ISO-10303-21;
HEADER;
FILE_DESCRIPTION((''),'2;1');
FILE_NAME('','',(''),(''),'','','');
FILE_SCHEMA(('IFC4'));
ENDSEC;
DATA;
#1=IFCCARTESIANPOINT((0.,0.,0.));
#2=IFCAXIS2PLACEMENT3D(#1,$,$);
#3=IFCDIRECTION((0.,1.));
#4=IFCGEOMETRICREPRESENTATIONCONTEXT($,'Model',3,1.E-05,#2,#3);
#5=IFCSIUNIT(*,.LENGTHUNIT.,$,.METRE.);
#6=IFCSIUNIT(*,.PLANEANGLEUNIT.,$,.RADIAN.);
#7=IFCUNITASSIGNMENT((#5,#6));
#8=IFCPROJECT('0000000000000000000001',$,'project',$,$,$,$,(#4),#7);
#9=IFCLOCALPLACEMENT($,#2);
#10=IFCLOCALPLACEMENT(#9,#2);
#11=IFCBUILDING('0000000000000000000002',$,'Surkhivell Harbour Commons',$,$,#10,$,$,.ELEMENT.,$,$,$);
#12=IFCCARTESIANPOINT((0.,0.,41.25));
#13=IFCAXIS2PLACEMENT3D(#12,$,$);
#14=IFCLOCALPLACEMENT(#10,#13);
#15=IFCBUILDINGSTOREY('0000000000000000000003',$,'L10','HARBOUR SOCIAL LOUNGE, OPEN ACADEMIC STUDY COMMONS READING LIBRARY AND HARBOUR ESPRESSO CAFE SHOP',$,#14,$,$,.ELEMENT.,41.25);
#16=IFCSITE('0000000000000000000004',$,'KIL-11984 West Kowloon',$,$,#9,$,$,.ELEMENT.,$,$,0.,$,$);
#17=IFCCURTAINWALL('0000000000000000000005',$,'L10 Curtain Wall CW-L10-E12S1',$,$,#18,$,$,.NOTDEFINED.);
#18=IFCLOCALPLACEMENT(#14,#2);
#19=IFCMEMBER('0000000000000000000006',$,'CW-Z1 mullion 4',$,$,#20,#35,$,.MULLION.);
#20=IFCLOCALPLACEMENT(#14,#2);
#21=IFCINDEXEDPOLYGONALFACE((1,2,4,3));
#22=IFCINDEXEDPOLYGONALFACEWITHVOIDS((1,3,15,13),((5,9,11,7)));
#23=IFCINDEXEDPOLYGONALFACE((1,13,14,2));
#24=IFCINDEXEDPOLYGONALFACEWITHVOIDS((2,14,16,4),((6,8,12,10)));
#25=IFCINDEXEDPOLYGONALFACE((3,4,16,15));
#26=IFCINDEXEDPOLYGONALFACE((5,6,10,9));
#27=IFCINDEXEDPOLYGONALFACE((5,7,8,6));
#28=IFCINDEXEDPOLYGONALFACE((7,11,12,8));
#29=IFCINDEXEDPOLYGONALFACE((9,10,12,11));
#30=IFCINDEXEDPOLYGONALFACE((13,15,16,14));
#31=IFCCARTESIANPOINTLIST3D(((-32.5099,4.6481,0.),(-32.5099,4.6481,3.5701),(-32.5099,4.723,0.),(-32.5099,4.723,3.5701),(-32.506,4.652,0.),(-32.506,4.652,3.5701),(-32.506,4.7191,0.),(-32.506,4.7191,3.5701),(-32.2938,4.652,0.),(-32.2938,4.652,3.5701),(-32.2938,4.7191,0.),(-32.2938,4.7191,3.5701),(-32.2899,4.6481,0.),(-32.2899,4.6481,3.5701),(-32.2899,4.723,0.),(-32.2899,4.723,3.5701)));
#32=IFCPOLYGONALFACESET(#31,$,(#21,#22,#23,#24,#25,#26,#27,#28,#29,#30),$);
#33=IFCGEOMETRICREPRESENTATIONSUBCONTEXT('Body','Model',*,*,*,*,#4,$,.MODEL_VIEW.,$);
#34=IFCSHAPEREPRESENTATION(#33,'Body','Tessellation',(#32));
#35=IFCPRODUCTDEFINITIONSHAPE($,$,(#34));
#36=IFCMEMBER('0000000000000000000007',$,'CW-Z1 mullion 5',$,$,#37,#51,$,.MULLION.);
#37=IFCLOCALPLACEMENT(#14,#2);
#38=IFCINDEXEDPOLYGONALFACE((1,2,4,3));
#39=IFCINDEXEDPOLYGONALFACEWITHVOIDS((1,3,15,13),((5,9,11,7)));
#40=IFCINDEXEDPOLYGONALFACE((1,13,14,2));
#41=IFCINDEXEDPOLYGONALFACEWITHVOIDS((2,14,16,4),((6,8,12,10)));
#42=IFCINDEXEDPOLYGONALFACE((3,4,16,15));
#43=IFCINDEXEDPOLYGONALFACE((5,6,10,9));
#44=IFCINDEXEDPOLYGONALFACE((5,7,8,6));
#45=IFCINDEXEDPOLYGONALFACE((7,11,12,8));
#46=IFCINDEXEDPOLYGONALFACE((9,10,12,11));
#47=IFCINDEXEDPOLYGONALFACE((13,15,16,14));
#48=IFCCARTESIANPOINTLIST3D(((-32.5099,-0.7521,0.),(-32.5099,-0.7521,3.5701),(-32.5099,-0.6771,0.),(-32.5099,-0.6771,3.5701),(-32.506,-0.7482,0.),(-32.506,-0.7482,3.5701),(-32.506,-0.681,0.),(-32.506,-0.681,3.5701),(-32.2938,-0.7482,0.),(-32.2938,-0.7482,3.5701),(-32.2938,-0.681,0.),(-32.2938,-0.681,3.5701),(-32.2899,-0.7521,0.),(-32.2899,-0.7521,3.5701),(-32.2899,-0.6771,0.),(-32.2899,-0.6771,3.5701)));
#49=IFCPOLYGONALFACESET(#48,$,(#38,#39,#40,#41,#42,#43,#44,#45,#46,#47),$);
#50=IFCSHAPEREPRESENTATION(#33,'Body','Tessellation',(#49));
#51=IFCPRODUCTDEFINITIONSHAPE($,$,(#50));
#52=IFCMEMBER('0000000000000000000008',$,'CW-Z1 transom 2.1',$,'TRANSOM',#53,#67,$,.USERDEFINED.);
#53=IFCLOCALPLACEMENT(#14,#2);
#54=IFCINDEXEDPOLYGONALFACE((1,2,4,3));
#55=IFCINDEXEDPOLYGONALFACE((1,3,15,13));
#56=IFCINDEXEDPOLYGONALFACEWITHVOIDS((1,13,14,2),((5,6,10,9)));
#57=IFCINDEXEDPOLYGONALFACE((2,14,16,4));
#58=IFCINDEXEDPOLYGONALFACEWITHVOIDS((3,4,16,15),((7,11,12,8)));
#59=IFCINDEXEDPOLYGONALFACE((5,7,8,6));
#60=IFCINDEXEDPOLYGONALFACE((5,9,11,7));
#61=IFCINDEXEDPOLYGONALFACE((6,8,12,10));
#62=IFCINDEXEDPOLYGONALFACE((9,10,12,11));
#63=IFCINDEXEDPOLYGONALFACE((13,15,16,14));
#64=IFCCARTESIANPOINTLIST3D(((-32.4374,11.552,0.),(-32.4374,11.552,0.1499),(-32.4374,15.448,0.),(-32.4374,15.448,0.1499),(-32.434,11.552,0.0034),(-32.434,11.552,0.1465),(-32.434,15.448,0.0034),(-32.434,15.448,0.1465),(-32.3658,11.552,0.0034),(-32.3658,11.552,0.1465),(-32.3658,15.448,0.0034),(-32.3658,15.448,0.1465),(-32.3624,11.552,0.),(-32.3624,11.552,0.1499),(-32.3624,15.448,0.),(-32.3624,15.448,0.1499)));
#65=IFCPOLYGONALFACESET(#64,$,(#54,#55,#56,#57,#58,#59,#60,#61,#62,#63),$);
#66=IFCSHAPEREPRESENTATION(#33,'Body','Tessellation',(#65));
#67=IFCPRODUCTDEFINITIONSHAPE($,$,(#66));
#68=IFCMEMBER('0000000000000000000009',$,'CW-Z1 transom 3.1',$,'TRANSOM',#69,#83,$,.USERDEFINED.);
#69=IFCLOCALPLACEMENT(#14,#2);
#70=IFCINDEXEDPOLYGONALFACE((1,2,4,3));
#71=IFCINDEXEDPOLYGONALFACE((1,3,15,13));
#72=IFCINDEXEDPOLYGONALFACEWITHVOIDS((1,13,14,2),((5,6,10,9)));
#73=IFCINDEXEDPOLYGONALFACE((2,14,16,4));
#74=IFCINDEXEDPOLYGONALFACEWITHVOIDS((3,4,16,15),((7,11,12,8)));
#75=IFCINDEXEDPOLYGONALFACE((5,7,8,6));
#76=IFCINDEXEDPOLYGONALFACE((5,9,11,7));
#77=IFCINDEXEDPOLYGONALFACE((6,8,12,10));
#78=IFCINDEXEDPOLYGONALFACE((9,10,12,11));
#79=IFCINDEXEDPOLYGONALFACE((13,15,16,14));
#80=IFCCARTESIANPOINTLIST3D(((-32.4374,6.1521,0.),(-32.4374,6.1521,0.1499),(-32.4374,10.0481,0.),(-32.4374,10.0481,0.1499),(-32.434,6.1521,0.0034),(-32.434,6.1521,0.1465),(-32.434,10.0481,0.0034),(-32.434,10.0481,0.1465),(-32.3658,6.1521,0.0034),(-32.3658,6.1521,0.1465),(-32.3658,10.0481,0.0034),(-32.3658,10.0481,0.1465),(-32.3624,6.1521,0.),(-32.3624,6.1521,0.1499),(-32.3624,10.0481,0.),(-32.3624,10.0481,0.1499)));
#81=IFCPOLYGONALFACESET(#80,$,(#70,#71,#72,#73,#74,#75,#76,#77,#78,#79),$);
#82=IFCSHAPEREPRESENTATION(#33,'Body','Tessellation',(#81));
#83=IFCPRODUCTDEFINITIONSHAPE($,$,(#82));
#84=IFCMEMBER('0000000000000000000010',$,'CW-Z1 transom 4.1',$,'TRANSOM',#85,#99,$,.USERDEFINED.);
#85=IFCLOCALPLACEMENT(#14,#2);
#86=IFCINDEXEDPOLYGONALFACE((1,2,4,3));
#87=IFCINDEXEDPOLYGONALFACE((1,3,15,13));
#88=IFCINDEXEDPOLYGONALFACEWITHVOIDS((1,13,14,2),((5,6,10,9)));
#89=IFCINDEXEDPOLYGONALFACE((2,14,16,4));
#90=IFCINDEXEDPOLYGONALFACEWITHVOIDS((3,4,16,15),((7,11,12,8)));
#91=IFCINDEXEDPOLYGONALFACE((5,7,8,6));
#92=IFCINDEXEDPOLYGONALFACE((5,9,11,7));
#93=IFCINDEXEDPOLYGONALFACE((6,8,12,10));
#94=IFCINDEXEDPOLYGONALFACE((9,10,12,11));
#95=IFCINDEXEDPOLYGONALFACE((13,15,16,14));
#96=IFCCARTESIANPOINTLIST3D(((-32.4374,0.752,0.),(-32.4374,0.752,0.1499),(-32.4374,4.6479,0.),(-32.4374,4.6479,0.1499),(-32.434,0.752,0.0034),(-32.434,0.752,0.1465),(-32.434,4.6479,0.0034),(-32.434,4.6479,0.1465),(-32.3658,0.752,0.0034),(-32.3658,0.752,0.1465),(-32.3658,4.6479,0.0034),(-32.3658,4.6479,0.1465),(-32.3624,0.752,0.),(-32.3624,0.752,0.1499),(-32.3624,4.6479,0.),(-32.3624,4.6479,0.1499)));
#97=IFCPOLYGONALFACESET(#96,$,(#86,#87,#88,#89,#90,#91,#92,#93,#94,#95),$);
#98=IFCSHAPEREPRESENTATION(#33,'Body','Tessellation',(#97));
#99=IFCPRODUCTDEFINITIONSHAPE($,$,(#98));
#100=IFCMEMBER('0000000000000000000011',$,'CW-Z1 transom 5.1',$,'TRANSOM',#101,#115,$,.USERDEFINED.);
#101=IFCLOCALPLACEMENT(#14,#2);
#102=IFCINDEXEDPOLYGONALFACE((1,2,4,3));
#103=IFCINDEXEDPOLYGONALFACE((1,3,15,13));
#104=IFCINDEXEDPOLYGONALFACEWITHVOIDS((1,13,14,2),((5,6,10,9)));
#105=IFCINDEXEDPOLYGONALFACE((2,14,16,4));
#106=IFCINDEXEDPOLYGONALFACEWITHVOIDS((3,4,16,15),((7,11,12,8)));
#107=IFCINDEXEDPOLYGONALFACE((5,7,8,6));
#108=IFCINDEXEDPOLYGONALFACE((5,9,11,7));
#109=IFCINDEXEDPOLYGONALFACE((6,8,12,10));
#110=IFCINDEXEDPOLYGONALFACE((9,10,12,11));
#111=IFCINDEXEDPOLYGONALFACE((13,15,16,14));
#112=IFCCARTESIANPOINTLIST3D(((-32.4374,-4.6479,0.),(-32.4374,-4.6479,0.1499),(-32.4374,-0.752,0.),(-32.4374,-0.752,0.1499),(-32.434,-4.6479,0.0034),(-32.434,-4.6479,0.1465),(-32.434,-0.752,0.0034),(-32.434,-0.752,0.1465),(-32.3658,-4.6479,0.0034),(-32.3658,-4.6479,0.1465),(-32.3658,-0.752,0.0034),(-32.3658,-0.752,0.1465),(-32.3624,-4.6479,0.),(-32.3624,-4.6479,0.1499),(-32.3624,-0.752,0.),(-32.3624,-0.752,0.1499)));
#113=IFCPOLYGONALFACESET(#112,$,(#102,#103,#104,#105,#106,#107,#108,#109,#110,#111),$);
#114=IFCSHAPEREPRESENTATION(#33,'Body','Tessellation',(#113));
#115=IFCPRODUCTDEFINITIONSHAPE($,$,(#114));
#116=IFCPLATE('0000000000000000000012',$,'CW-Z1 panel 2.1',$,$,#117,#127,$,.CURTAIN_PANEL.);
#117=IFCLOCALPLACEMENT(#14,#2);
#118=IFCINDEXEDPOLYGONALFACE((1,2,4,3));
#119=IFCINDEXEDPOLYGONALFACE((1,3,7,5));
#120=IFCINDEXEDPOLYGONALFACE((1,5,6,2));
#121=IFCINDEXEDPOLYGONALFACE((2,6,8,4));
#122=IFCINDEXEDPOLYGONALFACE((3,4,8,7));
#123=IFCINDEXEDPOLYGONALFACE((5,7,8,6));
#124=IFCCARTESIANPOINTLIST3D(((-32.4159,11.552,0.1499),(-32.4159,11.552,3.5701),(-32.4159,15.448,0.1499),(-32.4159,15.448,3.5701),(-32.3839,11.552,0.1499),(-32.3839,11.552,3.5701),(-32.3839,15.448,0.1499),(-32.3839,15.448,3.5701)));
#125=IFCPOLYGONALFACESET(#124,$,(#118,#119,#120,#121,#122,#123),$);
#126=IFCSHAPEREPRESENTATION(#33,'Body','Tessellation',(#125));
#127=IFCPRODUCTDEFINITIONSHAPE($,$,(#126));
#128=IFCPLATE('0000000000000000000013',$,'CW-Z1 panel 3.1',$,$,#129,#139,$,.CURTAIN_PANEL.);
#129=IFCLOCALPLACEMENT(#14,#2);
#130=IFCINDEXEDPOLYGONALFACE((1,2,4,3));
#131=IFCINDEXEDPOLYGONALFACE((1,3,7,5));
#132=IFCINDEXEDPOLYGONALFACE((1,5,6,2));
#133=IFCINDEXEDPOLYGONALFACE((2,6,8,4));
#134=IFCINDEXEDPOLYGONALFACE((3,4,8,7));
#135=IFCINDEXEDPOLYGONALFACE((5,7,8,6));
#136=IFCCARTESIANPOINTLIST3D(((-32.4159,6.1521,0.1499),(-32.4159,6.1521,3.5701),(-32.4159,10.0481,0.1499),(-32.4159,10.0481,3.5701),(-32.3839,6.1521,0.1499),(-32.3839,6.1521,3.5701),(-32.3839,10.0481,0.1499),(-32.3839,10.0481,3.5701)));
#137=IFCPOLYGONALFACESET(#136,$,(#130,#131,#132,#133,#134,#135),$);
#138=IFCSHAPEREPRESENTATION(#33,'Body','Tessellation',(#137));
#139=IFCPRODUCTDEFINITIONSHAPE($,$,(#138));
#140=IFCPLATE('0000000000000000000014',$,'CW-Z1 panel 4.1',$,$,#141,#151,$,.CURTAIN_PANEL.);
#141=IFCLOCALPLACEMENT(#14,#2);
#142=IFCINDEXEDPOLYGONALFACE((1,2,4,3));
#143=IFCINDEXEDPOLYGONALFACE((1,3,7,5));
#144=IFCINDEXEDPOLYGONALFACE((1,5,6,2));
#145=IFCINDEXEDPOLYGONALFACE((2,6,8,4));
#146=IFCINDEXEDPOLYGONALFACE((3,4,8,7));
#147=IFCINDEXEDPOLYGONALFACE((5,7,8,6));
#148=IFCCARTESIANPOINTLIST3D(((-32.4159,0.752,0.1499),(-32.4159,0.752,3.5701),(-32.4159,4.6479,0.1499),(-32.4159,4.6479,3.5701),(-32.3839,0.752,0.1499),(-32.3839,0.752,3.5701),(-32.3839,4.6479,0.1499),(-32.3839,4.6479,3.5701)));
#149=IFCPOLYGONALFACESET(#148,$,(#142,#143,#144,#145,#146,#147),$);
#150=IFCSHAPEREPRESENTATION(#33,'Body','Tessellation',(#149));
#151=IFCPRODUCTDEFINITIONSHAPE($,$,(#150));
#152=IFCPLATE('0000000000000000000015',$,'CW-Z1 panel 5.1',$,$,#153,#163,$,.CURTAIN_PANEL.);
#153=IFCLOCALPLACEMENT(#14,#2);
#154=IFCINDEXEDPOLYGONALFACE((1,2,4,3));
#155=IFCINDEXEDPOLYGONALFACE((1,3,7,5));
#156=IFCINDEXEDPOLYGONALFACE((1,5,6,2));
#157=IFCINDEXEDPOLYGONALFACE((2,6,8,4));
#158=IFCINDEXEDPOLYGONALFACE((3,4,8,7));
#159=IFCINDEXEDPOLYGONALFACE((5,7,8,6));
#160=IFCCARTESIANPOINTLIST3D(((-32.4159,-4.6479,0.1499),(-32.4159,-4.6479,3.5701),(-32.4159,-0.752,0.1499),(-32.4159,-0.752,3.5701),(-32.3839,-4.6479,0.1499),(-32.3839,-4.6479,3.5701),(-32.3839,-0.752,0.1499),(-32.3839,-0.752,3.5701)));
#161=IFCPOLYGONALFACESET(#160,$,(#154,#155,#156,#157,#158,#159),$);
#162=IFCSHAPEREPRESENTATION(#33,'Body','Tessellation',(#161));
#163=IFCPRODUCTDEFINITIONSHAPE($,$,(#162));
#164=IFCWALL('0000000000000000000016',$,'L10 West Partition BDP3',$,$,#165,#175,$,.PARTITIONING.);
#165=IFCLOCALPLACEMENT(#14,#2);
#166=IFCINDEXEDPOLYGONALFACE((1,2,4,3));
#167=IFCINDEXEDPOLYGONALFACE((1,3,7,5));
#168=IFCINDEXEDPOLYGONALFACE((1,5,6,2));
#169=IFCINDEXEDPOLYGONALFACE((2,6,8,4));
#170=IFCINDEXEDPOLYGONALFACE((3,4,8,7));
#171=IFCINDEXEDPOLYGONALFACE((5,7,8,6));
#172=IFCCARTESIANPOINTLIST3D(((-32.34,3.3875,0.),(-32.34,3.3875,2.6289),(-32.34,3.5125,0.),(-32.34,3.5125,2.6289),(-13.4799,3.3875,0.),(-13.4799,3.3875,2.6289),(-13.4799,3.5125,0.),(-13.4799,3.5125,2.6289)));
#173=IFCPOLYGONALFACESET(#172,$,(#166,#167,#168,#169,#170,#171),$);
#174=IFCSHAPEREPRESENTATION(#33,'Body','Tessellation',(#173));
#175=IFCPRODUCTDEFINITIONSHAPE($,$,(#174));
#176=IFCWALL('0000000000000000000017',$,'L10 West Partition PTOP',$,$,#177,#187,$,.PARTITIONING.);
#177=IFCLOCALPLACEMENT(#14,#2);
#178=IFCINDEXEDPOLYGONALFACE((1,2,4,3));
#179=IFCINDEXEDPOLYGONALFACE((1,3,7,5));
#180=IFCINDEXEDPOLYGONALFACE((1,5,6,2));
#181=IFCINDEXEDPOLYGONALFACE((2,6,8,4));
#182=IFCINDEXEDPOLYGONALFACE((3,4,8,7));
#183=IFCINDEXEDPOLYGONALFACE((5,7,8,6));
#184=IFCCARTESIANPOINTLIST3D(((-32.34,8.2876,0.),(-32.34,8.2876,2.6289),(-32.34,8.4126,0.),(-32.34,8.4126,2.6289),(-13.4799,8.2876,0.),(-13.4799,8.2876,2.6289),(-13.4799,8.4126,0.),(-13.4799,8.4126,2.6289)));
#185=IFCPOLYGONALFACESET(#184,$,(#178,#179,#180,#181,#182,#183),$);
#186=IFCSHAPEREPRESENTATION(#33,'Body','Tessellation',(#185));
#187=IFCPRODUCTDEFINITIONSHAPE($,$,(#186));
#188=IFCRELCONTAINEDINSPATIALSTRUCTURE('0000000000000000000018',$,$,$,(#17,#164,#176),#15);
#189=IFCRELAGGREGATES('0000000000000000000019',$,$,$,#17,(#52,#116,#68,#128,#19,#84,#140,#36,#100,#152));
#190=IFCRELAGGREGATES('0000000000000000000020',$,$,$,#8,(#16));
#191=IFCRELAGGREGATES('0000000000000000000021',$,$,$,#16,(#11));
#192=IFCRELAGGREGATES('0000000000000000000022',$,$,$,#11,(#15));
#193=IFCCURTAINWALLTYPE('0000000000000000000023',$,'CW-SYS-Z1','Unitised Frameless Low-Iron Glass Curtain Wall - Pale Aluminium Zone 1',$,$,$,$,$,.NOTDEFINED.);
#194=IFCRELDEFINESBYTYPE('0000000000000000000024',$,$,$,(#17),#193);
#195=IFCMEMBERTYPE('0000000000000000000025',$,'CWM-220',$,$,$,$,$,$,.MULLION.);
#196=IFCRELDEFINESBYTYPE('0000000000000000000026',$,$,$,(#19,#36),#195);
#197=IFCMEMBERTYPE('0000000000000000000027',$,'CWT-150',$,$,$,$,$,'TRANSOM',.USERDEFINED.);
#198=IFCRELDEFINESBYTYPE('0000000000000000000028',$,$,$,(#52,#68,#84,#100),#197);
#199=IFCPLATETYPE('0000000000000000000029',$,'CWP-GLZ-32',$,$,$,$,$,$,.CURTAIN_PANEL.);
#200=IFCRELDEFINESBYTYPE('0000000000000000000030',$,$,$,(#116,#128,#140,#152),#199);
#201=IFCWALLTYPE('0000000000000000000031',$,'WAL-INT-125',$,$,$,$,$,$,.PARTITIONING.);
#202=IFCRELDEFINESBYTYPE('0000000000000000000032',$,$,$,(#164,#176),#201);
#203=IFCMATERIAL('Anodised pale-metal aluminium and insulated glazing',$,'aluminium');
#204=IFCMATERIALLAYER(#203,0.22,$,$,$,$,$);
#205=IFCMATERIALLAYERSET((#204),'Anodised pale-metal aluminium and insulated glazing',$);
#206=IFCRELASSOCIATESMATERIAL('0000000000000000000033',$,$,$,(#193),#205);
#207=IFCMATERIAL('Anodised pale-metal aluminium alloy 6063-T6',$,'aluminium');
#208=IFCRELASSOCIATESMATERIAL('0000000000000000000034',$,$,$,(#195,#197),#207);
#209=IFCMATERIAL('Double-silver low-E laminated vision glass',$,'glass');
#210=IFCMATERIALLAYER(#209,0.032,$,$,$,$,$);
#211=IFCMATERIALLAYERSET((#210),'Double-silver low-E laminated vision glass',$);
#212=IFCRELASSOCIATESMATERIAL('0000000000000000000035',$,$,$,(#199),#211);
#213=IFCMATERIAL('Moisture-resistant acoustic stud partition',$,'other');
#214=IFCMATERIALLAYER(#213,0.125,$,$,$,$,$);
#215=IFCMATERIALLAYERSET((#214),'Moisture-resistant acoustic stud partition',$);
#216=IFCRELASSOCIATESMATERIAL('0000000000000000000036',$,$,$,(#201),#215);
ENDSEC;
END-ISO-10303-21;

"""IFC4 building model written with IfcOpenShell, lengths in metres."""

from ifc_helpers import new_model, si_unit, direction, frame, frame_2d, origin, origin_2d, place, context, subcontext, project, spatial, rectangle, hollow_rectangle, extrude, material, layer, layer_set, material_profile, profile_set, type_object, element, aggregate, save


model = new_model("IFC4")

# Units and contexts
model_context = context("Model", 3, precision=1e-05, world=origin(), true_north=direction((0.0, 1.0)))
body_context = subcontext(model_context, "Body", "Model", "MODEL_VIEW")
ifc_project = project(units=[si_unit("LENGTHUNIT", "METRE"), si_unit("PLANEANGLEUNIT", "RADIAN")], contexts=[model_context])

# Site, building, storey
site_placement = place(None, origin())
site = spatial("IfcSite", under=ifc_project, at=site_placement, Name="KIL-11984 West Kowloon", CompositionType="ELEMENT", RefElevation=0.0)
building_placement = place(site_placement, origin())
building = spatial("IfcBuilding", under=site, at=building_placement, Name="Surkhivell Harbour Commons", CompositionType="ELEMENT")
storey_placement = place(building_placement, frame((0.0, 0.0, 41.25)))
storey = spatial("IfcBuildingStorey", under=building, at=storey_placement, Name="L10", Description="HARBOUR SOCIAL LOUNGE, OPEN ACADEMIC STUDY COMMONS READING LIBRARY AND HARBOUR ESPRESSO CAFE SHOP", CompositionType="ELEMENT", Elevation=41.25)

# Curtain wall, members, plates
ifc_material_1 = material(Name="Anodised pale-metal aluminium and insulated glazing", Category="aluminium")
ifc_layer_1 = layer(ifc_material_1, 0.22)
ifc_layer_set_1 = layer_set([ifc_layer_1], Name="Anodised pale-metal aluminium and insulated glazing")
curtain_wall_type = type_object("IfcCurtainWallType", Name="CW-SYS-Z1", Description="Unitised Frameless Low-Iron Glass Curtain Wall - Pale Aluminium Zone 1", PredefinedType="NOTDEFINED", material=ifc_layer_set_1)
curtain_wall_placement = place(storey_placement, origin())
curtain_wall = element("IfcCurtainWall", 1, at=curtain_wall_placement, inside=storey, type_object=curtain_wall_type, Name="L10 Curtain Wall CW-L10-E12S1", PredefinedType="NOTDEFINED")
ifc_material_2 = material(Name="Anodised pale-metal aluminium alloy 6063-T6", Category="aluminium")
ifc_material_profile_1 = material_profile(ifc_material_2, hollow_rectangle(XDim=0.075, YDim=0.22, WallThickness=0.0039, at=origin_2d()), Name="ALU-MULL-75x220")
ifc_profile_set_1 = profile_set([ifc_material_profile_1], Name="Anodised pale-metal aluminium alloy 6063-T6")
member_type_1 = type_object("IfcMemberType", Name="CWM-220", PredefinedType="MULLION", material=ifc_profile_set_1)
member_1_placement = place(storey_placement, frame((-32.3999, 4.6855, 0.0), z_axis=(0.0, 0.0, 1.0), x_axis=(0.0, -1.0, 0.0)))
member_1 = element("IfcMember", 2, at=member_1_placement, type_object=member_type_1, Name="CW-Z1 mullion 4", PredefinedType="MULLION", context=body_context, shape_type="SweptSolid", body=[
    extrude(hollow_rectangle(XDim=0.075, YDim=0.22, WallThickness=0.0039, at=origin_2d()), origin(), (0.0, 0.0, 1.0), 3.5701),
])
member_2_placement = place(storey_placement, frame((-32.3999, -0.7146, 0.0), z_axis=(0.0, 0.0, 1.0), x_axis=(0.0, -1.0, 0.0)))
member_2 = element("IfcMember", 3, at=member_2_placement, type_object=member_type_1, Name="CW-Z1 mullion 5", PredefinedType="MULLION", context=body_context, shape_type="SweptSolid", body=[
    extrude(hollow_rectangle(XDim=0.075, YDim=0.22, WallThickness=0.0039, at=origin_2d()), origin(), (0.0, 0.0, 1.0), 3.5701),
])
ifc_material_profile_2 = material_profile(ifc_material_2, hollow_rectangle(XDim=0.075, YDim=0.1499, WallThickness=0.0034, at=origin_2d()), Name="ALU-TRAN-75x150")
ifc_profile_set_2 = profile_set([ifc_material_profile_2], Name="Anodised pale-metal aluminium alloy 6063-T6")
member_type_2 = type_object("IfcMemberType", Name="CWT-150", ElementType="TRANSOM", PredefinedType="USERDEFINED", material=ifc_profile_set_2)
member_3_placement = place(storey_placement, frame((-32.3999, 15.448, 0.075), z_axis=(0.0, -1.0, 0.0), x_axis=(1.0, 0.0, 0.0)))
member_3 = element("IfcMember", 4, at=member_3_placement, type_object=member_type_2, Name="CW-Z1 transom 2.1", ObjectType="TRANSOM", PredefinedType="USERDEFINED", context=body_context, shape_type="SweptSolid", body=[
    extrude(hollow_rectangle(XDim=0.075, YDim=0.1499, WallThickness=0.0034, at=origin_2d()), origin(), (0.0, 0.0, 1.0), 3.896),
])
member_4_placement = place(storey_placement, frame((-32.3999, 10.0481, 0.075), z_axis=(0.0, -1.0, 0.0), x_axis=(1.0, 0.0, 0.0)))
member_4 = element("IfcMember", 5, at=member_4_placement, type_object=member_type_2, Name="CW-Z1 transom 3.1", ObjectType="TRANSOM", PredefinedType="USERDEFINED", context=body_context, shape_type="SweptSolid", body=[
    extrude(hollow_rectangle(XDim=0.075, YDim=0.1499, WallThickness=0.0034, at=origin_2d()), origin(), (0.0, 0.0, 1.0), 3.896),
])
member_5_placement = place(storey_placement, frame((-32.3999, 4.6479, 0.075), z_axis=(0.0, -1.0, 0.0), x_axis=(1.0, 0.0, 0.0)))
member_5 = element("IfcMember", 6, at=member_5_placement, type_object=member_type_2, Name="CW-Z1 transom 4.1", ObjectType="TRANSOM", PredefinedType="USERDEFINED", context=body_context, shape_type="SweptSolid", body=[
    extrude(hollow_rectangle(XDim=0.075, YDim=0.1499, WallThickness=0.0034, at=origin_2d()), origin(), (0.0, 0.0, 1.0), 3.896),
])
member_6_placement = place(storey_placement, frame((-32.3999, -0.752, 0.075), z_axis=(0.0, -1.0, 0.0), x_axis=(1.0, 0.0, 0.0)))
member_6 = element("IfcMember", 7, at=member_6_placement, type_object=member_type_2, Name="CW-Z1 transom 5.1", ObjectType="TRANSOM", PredefinedType="USERDEFINED", context=body_context, shape_type="SweptSolid", body=[
    extrude(hollow_rectangle(XDim=0.075, YDim=0.1499, WallThickness=0.0034, at=origin_2d()), origin(), (0.0, 0.0, 1.0), 3.896),
])
ifc_material_3 = material(Name="Double-silver low-E laminated vision glass", Category="glass")
ifc_layer_2 = layer(ifc_material_3, 0.032)
ifc_layer_set_2 = layer_set([ifc_layer_2], Name="Double-silver low-E laminated vision glass")
plate_type = type_object("IfcPlateType", Name="CWP-GLZ-32", PredefinedType="CURTAIN_PANEL", material=ifc_layer_set_2)
plate_1_placement = place(storey_placement, frame((-32.3999, 15.448, 0.1499), z_axis=(0.0, 0.0, 1.0), x_axis=(0.0, -1.0, 0.0)))
plate_1 = element("IfcPlate", 8, at=plate_1_placement, type_object=plate_type, Name="CW-Z1 panel 2.1", PredefinedType="CURTAIN_PANEL", context=body_context, shape_type="SweptSolid", body=[
    extrude(rectangle(XDim=3.896, YDim=0.032, at=frame_2d((1.948, 0.0))), origin(), (0.0, 0.0, 1.0), 3.4202),
])
plate_2_placement = place(storey_placement, frame((-32.3999, 10.0481, 0.1499), z_axis=(0.0, 0.0, 1.0), x_axis=(0.0, -1.0, 0.0)))
plate_2 = element("IfcPlate", 9, at=plate_2_placement, type_object=plate_type, Name="CW-Z1 panel 3.1", PredefinedType="CURTAIN_PANEL", context=body_context, shape_type="SweptSolid", body=[
    extrude(rectangle(XDim=3.896, YDim=0.032, at=frame_2d((1.948, 0.0))), origin(), (0.0, 0.0, 1.0), 3.4202),
])
plate_3_placement = place(storey_placement, frame((-32.3999, 4.6479, 0.1499), z_axis=(0.0, 0.0, 1.0), x_axis=(0.0, -1.0, 0.0)))
plate_3 = element("IfcPlate", 10, at=plate_3_placement, type_object=plate_type, Name="CW-Z1 panel 4.1", PredefinedType="CURTAIN_PANEL", context=body_context, shape_type="SweptSolid", body=[
    extrude(rectangle(XDim=3.896, YDim=0.032, at=frame_2d((1.948, 0.0))), origin(), (0.0, 0.0, 1.0), 3.4202),
])
plate_4_placement = place(storey_placement, frame((-32.3999, -0.752, 0.1499), z_axis=(0.0, 0.0, 1.0), x_axis=(0.0, -1.0, 0.0)))
plate_4 = element("IfcPlate", 11, at=plate_4_placement, type_object=plate_type, Name="CW-Z1 panel 5.1", PredefinedType="CURTAIN_PANEL", context=body_context, shape_type="SweptSolid", body=[
    extrude(rectangle(XDim=3.896, YDim=0.032, at=frame_2d((1.948, 0.0))), origin(), (0.0, 0.0, 1.0), 3.4202),
])
aggregate(curtain_wall, [member_3, plate_1, member_4, plate_2, member_1, member_5, plate_3, member_2, member_6, plate_4])

# Walls
ifc_material_4 = material(Name="Moisture-resistant acoustic stud partition", Category="other")
ifc_layer_3 = layer(ifc_material_4, 0.125)
ifc_layer_set_3 = layer_set([ifc_layer_3], Name="Moisture-resistant acoustic stud partition")
wall_type = type_object("IfcWallType", Name="WAL-INT-125", PredefinedType="PARTITIONING", material=ifc_layer_set_3)
for number, where, z_axis, x_axis, name in (
    (12, (-32.3401, 3.45, 0.0), (0.0, 0.0, 1.0), (1.0, 0.0, 0.0), "L10 West Partition BDP3"),
    (13, (-32.3401, 8.3501, 0.0), (0.0, 0.0, 1.0), (1.0, 0.0, 0.0), "L10 West Partition PTOP"),
):
    element("IfcWall", number, at=place(storey_placement, frame(where, z_axis=z_axis, x_axis=x_axis)), inside=storey, type_object=wall_type, Name=name, PredefinedType="PARTITIONING", context=body_context, shape_type="SweptSolid", body=[
        extrude(rectangle(XDim=18.8601, YDim=0.125, at=frame_2d((9.4302, 0.0))), origin(), (0.0, 0.0, 1.0), 2.6289),
    ])

save(model, "model.ifc")
